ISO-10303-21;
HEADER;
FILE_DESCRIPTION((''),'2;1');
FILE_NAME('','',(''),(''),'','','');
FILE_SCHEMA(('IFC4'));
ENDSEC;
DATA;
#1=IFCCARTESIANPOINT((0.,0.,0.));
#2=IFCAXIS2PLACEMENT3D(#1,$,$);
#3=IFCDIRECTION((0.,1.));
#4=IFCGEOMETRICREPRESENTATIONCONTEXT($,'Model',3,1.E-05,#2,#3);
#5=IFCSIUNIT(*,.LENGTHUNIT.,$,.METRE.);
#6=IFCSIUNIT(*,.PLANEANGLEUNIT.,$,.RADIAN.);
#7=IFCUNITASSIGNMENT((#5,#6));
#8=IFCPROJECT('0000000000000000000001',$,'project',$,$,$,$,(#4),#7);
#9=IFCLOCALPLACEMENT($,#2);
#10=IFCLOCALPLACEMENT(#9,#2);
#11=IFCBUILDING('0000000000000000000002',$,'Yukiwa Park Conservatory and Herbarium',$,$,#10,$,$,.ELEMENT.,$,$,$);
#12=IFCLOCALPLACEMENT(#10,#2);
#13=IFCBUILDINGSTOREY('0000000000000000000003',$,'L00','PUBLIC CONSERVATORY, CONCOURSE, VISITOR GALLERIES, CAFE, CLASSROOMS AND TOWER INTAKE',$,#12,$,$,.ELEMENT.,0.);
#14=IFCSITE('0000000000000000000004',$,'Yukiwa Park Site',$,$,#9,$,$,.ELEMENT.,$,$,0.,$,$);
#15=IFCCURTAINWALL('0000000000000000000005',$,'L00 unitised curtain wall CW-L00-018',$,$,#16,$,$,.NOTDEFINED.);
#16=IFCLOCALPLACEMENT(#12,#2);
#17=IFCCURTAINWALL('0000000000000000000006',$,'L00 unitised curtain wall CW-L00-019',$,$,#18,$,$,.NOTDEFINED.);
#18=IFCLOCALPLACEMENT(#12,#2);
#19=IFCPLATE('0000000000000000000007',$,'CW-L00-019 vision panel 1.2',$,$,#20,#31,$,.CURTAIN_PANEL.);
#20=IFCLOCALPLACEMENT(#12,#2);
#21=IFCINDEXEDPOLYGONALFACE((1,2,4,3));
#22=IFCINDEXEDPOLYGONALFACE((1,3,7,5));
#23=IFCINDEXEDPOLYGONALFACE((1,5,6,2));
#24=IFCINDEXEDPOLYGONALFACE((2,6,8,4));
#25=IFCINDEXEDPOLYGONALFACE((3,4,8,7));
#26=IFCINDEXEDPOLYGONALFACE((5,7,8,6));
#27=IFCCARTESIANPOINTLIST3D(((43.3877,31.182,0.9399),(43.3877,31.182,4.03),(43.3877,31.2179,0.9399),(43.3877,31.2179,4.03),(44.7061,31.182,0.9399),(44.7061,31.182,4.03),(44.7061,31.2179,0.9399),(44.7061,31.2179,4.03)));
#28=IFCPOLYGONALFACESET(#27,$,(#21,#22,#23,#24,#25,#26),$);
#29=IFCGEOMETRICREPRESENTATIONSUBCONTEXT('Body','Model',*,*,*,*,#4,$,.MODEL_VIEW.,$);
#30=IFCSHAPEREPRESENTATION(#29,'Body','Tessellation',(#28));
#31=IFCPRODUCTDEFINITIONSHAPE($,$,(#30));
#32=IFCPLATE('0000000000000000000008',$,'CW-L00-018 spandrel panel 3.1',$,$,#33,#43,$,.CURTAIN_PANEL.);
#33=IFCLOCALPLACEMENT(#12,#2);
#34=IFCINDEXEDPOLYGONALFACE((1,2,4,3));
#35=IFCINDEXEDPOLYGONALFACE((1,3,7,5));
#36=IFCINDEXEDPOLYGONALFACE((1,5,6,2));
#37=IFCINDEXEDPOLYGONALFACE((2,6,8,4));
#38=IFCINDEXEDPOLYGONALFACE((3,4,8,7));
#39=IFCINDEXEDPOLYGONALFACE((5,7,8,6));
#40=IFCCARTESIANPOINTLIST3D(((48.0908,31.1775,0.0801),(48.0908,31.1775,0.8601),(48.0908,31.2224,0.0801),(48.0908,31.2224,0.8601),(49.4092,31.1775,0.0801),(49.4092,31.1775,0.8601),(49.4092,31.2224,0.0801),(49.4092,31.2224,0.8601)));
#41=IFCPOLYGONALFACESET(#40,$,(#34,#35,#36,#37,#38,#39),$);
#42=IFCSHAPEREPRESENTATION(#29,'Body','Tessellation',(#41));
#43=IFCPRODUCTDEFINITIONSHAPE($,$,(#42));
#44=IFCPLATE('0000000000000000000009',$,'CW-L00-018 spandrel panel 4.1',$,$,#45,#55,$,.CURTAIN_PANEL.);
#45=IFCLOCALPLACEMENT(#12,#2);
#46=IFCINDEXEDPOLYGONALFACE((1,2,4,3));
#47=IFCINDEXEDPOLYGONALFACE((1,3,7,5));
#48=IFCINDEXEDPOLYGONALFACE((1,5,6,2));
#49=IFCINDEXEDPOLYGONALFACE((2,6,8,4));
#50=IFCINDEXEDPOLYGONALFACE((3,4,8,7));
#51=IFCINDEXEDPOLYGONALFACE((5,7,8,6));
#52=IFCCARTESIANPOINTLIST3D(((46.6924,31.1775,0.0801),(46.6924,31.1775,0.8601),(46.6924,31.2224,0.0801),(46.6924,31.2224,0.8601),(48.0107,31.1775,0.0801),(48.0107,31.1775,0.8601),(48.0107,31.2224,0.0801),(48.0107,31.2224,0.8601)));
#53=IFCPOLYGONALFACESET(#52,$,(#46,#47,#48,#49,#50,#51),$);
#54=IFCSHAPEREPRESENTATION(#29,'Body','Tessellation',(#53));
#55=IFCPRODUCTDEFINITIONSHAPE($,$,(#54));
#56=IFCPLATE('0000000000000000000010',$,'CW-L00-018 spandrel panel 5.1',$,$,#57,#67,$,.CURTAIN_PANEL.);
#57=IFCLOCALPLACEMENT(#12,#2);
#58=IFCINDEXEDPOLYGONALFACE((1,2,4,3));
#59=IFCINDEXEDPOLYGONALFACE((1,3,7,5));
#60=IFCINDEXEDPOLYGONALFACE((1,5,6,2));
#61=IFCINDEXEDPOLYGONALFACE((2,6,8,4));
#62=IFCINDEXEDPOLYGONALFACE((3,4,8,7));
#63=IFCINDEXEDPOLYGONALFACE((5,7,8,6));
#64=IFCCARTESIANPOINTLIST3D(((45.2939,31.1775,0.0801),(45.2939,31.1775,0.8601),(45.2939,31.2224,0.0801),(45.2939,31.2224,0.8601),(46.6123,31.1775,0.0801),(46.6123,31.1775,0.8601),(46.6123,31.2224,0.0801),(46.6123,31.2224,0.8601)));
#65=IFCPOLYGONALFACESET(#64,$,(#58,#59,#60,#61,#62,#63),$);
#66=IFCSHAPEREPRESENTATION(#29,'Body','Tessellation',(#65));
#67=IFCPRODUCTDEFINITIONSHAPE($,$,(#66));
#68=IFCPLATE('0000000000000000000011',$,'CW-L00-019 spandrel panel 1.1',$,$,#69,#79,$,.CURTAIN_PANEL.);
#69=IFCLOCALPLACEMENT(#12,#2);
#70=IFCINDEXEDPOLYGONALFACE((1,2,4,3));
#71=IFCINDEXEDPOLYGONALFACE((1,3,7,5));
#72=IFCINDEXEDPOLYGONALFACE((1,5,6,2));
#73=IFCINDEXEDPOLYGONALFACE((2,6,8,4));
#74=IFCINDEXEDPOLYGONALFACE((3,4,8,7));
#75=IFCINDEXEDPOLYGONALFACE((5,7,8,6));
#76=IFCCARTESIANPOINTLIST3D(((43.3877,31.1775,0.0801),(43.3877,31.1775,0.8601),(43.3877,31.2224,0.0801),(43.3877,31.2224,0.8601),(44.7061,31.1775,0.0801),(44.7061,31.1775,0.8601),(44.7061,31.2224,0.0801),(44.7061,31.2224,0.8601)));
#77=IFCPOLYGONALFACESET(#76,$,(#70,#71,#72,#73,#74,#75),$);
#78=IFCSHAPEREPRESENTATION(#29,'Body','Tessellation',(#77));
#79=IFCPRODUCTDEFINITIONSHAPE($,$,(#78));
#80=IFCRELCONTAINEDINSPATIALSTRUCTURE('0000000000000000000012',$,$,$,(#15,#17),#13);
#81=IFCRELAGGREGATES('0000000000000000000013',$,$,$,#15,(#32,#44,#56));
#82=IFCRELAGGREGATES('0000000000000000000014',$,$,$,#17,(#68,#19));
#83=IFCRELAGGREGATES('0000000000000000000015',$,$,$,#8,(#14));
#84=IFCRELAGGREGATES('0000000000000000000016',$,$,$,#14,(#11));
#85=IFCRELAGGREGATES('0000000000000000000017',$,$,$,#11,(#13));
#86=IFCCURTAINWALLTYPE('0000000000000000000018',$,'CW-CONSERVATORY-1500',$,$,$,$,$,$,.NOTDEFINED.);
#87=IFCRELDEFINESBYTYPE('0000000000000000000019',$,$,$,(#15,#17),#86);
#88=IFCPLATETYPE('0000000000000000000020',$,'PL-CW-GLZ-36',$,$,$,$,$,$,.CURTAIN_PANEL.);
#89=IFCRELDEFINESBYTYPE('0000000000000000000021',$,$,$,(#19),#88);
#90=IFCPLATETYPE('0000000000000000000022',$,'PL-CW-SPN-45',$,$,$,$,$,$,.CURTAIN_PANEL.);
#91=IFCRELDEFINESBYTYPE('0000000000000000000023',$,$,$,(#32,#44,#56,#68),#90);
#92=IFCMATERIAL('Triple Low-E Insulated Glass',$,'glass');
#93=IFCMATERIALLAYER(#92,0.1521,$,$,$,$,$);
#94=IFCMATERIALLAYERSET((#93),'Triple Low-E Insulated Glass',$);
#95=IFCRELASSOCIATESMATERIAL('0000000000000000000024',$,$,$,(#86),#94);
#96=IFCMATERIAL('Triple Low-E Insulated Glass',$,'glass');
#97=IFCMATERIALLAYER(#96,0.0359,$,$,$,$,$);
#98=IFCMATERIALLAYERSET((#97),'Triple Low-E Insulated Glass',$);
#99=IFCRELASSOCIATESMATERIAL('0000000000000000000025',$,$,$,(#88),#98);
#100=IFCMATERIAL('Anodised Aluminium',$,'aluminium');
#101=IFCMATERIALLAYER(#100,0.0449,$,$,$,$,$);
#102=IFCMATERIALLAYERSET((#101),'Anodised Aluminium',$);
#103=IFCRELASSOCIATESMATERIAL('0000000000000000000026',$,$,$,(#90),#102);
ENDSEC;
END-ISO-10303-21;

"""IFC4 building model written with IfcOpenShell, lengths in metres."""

from ifc_helpers import new_model, si_unit, direction, frame, origin, origin_2d, place, context, subcontext, project, spatial, rectangle, extrude, material, layer, layer_set, type_object, element, aggregate, save


model = new_model("IFC4")

# Units and contexts
model_context = context("Model", 3, precision=1e-05, world=origin(), true_north=direction((0.0, 1.0)))
body_context = subcontext(model_context, "Body", "Model", "MODEL_VIEW")
ifc_project = project(units=[si_unit("LENGTHUNIT", "METRE"), si_unit("PLANEANGLEUNIT", "RADIAN")], contexts=[model_context])

# Site, building, storey
site_placement = place(None, origin())
site = spatial("IfcSite", under=ifc_project, at=site_placement, Name="Yukiwa Park Site", CompositionType="ELEMENT", RefElevation=0.0)
building_placement = place(site_placement, origin())
building = spatial("IfcBuilding", under=site, at=building_placement, Name="Yukiwa Park Conservatory and Herbarium", CompositionType="ELEMENT")
storey_placement = place(building_placement, origin())
storey = spatial("IfcBuildingStorey", under=building, at=storey_placement, Name="L00", Description="PUBLIC CONSERVATORY, CONCOURSE, VISITOR GALLERIES, CAFE, CLASSROOMS AND TOWER INTAKE", CompositionType="ELEMENT", Elevation=0.0)

# Curtain wall
ifc_material_1 = material(Name="Triple Low-E Insulated Glass", Category="glass")
ifc_layer_1 = layer(ifc_material_1, 0.1521)
ifc_layer_set_1 = layer_set([ifc_layer_1], Name="Triple Low-E Insulated Glass")
curtain_wall_type = type_object("IfcCurtainWallType", Name="CW-CONSERVATORY-1500", PredefinedType="NOTDEFINED", material=ifc_layer_set_1)
curtain_wall_1_placement = place(storey_placement, origin())
curtain_wall_1 = element("IfcCurtainWall", 1, at=curtain_wall_1_placement, inside=storey, type_object=curtain_wall_type, Name="L00 unitised curtain wall CW-L00-018", PredefinedType="NOTDEFINED")

# Curtain wall
curtain_wall_2_placement = place(storey_placement, origin())
curtain_wall_2 = element("IfcCurtainWall", 2, at=curtain_wall_2_placement, inside=storey, type_object=curtain_wall_type, Name="L00 unitised curtain wall CW-L00-019", PredefinedType="NOTDEFINED")

# Plates
ifc_material_2 = material(Name="Triple Low-E Insulated Glass", Category="glass")
ifc_layer_2 = layer(ifc_material_2, 0.0359)
ifc_layer_set_2 = layer_set([ifc_layer_2], Name="Triple Low-E Insulated Glass")
plate_type_1 = type_object("IfcPlateType", Name="PL-CW-GLZ-36", PredefinedType="CURTAIN_PANEL", material=ifc_layer_set_2)
plate_1_placement = place(storey_placement, frame((44.0469, 31.2, 0.9399), z_axis=(0.0, 0.0, 1.0), x_axis=(-1.0, 0.0, 0.0)))
plate_1 = element("IfcPlate", 3, at=plate_1_placement, type_object=plate_type_1, Name="CW-L00-019 vision panel 1.2", PredefinedType="CURTAIN_PANEL", context=body_context, shape_type="SweptSolid", body=[
    extrude(rectangle(XDim=1.3184, YDim=0.0359, at=origin_2d()), origin(), (0.0, 0.0, 1.0), 3.0901),
])
ifc_material_3 = material(Name="Anodised Aluminium", Category="aluminium")
ifc_layer_3 = layer(ifc_material_3, 0.0449)
ifc_layer_set_3 = layer_set([ifc_layer_3], Name="Anodised Aluminium")
plate_type_2 = type_object("IfcPlateType", Name="PL-CW-SPN-45", PredefinedType="CURTAIN_PANEL", material=ifc_layer_set_3)
plate_2_placement = place(storey_placement, frame((48.75, 31.2, 0.0801), z_axis=(0.0, 0.0, 1.0), x_axis=(-1.0, 0.0, 0.0)))
plate_2 = element("IfcPlate", 4, at=plate_2_placement, type_object=plate_type_2, Name="CW-L00-018 spandrel panel 3.1", PredefinedType="CURTAIN_PANEL", context=body_context, shape_type="SweptSolid", body=[
    extrude(rectangle(XDim=1.3184, YDim=0.0449, at=origin_2d()), origin(), (0.0, 0.0, 1.0), 0.78),
])
plate_3_placement = place(storey_placement, frame((47.3516, 31.2, 0.0801), z_axis=(0.0, 0.0, 1.0), x_axis=(-1.0, 0.0, 0.0)))
plate_3 = element("IfcPlate", 5, at=plate_3_placement, type_object=plate_type_2, Name="CW-L00-018 spandrel panel 4.1", PredefinedType="CURTAIN_PANEL", context=body_context, shape_type="SweptSolid", body=[
    extrude(rectangle(XDim=1.3184, YDim=0.0449, at=origin_2d()), origin(), (0.0, 0.0, 1.0), 0.78),
])
plate_4_placement = place(storey_placement, frame((45.9531, 31.2, 0.0801), z_axis=(0.0, 0.0, 1.0), x_axis=(-1.0, 0.0, 0.0)))
plate_4 = element("IfcPlate", 6, at=plate_4_placement, type_object=plate_type_2, Name="CW-L00-018 spandrel panel 5.1", PredefinedType="CURTAIN_PANEL", context=body_context, shape_type="SweptSolid", body=[
    extrude(rectangle(XDim=1.3184, YDim=0.0449, at=origin_2d()), origin(), (0.0, 0.0, 1.0), 0.78),
])
aggregate(curtain_wall_1, [plate_2, plate_3, plate_4])
plate_5_placement = place(storey_placement, frame((44.0469, 31.2, 0.0801), z_axis=(0.0, 0.0, 1.0), x_axis=(-1.0, 0.0, 0.0)))
plate_5 = element("IfcPlate", 7, at=plate_5_placement, type_object=plate_type_2, Name="CW-L00-019 spandrel panel 1.1", PredefinedType="CURTAIN_PANEL", context=body_context, shape_type="SweptSolid", body=[
    extrude(rectangle(XDim=1.3184, YDim=0.0449, at=origin_2d()), origin(), (0.0, 0.0, 1.0), 0.78),
])
aggregate(curtain_wall_2, [plate_5, plate_1])

save(model, "model.ifc")
